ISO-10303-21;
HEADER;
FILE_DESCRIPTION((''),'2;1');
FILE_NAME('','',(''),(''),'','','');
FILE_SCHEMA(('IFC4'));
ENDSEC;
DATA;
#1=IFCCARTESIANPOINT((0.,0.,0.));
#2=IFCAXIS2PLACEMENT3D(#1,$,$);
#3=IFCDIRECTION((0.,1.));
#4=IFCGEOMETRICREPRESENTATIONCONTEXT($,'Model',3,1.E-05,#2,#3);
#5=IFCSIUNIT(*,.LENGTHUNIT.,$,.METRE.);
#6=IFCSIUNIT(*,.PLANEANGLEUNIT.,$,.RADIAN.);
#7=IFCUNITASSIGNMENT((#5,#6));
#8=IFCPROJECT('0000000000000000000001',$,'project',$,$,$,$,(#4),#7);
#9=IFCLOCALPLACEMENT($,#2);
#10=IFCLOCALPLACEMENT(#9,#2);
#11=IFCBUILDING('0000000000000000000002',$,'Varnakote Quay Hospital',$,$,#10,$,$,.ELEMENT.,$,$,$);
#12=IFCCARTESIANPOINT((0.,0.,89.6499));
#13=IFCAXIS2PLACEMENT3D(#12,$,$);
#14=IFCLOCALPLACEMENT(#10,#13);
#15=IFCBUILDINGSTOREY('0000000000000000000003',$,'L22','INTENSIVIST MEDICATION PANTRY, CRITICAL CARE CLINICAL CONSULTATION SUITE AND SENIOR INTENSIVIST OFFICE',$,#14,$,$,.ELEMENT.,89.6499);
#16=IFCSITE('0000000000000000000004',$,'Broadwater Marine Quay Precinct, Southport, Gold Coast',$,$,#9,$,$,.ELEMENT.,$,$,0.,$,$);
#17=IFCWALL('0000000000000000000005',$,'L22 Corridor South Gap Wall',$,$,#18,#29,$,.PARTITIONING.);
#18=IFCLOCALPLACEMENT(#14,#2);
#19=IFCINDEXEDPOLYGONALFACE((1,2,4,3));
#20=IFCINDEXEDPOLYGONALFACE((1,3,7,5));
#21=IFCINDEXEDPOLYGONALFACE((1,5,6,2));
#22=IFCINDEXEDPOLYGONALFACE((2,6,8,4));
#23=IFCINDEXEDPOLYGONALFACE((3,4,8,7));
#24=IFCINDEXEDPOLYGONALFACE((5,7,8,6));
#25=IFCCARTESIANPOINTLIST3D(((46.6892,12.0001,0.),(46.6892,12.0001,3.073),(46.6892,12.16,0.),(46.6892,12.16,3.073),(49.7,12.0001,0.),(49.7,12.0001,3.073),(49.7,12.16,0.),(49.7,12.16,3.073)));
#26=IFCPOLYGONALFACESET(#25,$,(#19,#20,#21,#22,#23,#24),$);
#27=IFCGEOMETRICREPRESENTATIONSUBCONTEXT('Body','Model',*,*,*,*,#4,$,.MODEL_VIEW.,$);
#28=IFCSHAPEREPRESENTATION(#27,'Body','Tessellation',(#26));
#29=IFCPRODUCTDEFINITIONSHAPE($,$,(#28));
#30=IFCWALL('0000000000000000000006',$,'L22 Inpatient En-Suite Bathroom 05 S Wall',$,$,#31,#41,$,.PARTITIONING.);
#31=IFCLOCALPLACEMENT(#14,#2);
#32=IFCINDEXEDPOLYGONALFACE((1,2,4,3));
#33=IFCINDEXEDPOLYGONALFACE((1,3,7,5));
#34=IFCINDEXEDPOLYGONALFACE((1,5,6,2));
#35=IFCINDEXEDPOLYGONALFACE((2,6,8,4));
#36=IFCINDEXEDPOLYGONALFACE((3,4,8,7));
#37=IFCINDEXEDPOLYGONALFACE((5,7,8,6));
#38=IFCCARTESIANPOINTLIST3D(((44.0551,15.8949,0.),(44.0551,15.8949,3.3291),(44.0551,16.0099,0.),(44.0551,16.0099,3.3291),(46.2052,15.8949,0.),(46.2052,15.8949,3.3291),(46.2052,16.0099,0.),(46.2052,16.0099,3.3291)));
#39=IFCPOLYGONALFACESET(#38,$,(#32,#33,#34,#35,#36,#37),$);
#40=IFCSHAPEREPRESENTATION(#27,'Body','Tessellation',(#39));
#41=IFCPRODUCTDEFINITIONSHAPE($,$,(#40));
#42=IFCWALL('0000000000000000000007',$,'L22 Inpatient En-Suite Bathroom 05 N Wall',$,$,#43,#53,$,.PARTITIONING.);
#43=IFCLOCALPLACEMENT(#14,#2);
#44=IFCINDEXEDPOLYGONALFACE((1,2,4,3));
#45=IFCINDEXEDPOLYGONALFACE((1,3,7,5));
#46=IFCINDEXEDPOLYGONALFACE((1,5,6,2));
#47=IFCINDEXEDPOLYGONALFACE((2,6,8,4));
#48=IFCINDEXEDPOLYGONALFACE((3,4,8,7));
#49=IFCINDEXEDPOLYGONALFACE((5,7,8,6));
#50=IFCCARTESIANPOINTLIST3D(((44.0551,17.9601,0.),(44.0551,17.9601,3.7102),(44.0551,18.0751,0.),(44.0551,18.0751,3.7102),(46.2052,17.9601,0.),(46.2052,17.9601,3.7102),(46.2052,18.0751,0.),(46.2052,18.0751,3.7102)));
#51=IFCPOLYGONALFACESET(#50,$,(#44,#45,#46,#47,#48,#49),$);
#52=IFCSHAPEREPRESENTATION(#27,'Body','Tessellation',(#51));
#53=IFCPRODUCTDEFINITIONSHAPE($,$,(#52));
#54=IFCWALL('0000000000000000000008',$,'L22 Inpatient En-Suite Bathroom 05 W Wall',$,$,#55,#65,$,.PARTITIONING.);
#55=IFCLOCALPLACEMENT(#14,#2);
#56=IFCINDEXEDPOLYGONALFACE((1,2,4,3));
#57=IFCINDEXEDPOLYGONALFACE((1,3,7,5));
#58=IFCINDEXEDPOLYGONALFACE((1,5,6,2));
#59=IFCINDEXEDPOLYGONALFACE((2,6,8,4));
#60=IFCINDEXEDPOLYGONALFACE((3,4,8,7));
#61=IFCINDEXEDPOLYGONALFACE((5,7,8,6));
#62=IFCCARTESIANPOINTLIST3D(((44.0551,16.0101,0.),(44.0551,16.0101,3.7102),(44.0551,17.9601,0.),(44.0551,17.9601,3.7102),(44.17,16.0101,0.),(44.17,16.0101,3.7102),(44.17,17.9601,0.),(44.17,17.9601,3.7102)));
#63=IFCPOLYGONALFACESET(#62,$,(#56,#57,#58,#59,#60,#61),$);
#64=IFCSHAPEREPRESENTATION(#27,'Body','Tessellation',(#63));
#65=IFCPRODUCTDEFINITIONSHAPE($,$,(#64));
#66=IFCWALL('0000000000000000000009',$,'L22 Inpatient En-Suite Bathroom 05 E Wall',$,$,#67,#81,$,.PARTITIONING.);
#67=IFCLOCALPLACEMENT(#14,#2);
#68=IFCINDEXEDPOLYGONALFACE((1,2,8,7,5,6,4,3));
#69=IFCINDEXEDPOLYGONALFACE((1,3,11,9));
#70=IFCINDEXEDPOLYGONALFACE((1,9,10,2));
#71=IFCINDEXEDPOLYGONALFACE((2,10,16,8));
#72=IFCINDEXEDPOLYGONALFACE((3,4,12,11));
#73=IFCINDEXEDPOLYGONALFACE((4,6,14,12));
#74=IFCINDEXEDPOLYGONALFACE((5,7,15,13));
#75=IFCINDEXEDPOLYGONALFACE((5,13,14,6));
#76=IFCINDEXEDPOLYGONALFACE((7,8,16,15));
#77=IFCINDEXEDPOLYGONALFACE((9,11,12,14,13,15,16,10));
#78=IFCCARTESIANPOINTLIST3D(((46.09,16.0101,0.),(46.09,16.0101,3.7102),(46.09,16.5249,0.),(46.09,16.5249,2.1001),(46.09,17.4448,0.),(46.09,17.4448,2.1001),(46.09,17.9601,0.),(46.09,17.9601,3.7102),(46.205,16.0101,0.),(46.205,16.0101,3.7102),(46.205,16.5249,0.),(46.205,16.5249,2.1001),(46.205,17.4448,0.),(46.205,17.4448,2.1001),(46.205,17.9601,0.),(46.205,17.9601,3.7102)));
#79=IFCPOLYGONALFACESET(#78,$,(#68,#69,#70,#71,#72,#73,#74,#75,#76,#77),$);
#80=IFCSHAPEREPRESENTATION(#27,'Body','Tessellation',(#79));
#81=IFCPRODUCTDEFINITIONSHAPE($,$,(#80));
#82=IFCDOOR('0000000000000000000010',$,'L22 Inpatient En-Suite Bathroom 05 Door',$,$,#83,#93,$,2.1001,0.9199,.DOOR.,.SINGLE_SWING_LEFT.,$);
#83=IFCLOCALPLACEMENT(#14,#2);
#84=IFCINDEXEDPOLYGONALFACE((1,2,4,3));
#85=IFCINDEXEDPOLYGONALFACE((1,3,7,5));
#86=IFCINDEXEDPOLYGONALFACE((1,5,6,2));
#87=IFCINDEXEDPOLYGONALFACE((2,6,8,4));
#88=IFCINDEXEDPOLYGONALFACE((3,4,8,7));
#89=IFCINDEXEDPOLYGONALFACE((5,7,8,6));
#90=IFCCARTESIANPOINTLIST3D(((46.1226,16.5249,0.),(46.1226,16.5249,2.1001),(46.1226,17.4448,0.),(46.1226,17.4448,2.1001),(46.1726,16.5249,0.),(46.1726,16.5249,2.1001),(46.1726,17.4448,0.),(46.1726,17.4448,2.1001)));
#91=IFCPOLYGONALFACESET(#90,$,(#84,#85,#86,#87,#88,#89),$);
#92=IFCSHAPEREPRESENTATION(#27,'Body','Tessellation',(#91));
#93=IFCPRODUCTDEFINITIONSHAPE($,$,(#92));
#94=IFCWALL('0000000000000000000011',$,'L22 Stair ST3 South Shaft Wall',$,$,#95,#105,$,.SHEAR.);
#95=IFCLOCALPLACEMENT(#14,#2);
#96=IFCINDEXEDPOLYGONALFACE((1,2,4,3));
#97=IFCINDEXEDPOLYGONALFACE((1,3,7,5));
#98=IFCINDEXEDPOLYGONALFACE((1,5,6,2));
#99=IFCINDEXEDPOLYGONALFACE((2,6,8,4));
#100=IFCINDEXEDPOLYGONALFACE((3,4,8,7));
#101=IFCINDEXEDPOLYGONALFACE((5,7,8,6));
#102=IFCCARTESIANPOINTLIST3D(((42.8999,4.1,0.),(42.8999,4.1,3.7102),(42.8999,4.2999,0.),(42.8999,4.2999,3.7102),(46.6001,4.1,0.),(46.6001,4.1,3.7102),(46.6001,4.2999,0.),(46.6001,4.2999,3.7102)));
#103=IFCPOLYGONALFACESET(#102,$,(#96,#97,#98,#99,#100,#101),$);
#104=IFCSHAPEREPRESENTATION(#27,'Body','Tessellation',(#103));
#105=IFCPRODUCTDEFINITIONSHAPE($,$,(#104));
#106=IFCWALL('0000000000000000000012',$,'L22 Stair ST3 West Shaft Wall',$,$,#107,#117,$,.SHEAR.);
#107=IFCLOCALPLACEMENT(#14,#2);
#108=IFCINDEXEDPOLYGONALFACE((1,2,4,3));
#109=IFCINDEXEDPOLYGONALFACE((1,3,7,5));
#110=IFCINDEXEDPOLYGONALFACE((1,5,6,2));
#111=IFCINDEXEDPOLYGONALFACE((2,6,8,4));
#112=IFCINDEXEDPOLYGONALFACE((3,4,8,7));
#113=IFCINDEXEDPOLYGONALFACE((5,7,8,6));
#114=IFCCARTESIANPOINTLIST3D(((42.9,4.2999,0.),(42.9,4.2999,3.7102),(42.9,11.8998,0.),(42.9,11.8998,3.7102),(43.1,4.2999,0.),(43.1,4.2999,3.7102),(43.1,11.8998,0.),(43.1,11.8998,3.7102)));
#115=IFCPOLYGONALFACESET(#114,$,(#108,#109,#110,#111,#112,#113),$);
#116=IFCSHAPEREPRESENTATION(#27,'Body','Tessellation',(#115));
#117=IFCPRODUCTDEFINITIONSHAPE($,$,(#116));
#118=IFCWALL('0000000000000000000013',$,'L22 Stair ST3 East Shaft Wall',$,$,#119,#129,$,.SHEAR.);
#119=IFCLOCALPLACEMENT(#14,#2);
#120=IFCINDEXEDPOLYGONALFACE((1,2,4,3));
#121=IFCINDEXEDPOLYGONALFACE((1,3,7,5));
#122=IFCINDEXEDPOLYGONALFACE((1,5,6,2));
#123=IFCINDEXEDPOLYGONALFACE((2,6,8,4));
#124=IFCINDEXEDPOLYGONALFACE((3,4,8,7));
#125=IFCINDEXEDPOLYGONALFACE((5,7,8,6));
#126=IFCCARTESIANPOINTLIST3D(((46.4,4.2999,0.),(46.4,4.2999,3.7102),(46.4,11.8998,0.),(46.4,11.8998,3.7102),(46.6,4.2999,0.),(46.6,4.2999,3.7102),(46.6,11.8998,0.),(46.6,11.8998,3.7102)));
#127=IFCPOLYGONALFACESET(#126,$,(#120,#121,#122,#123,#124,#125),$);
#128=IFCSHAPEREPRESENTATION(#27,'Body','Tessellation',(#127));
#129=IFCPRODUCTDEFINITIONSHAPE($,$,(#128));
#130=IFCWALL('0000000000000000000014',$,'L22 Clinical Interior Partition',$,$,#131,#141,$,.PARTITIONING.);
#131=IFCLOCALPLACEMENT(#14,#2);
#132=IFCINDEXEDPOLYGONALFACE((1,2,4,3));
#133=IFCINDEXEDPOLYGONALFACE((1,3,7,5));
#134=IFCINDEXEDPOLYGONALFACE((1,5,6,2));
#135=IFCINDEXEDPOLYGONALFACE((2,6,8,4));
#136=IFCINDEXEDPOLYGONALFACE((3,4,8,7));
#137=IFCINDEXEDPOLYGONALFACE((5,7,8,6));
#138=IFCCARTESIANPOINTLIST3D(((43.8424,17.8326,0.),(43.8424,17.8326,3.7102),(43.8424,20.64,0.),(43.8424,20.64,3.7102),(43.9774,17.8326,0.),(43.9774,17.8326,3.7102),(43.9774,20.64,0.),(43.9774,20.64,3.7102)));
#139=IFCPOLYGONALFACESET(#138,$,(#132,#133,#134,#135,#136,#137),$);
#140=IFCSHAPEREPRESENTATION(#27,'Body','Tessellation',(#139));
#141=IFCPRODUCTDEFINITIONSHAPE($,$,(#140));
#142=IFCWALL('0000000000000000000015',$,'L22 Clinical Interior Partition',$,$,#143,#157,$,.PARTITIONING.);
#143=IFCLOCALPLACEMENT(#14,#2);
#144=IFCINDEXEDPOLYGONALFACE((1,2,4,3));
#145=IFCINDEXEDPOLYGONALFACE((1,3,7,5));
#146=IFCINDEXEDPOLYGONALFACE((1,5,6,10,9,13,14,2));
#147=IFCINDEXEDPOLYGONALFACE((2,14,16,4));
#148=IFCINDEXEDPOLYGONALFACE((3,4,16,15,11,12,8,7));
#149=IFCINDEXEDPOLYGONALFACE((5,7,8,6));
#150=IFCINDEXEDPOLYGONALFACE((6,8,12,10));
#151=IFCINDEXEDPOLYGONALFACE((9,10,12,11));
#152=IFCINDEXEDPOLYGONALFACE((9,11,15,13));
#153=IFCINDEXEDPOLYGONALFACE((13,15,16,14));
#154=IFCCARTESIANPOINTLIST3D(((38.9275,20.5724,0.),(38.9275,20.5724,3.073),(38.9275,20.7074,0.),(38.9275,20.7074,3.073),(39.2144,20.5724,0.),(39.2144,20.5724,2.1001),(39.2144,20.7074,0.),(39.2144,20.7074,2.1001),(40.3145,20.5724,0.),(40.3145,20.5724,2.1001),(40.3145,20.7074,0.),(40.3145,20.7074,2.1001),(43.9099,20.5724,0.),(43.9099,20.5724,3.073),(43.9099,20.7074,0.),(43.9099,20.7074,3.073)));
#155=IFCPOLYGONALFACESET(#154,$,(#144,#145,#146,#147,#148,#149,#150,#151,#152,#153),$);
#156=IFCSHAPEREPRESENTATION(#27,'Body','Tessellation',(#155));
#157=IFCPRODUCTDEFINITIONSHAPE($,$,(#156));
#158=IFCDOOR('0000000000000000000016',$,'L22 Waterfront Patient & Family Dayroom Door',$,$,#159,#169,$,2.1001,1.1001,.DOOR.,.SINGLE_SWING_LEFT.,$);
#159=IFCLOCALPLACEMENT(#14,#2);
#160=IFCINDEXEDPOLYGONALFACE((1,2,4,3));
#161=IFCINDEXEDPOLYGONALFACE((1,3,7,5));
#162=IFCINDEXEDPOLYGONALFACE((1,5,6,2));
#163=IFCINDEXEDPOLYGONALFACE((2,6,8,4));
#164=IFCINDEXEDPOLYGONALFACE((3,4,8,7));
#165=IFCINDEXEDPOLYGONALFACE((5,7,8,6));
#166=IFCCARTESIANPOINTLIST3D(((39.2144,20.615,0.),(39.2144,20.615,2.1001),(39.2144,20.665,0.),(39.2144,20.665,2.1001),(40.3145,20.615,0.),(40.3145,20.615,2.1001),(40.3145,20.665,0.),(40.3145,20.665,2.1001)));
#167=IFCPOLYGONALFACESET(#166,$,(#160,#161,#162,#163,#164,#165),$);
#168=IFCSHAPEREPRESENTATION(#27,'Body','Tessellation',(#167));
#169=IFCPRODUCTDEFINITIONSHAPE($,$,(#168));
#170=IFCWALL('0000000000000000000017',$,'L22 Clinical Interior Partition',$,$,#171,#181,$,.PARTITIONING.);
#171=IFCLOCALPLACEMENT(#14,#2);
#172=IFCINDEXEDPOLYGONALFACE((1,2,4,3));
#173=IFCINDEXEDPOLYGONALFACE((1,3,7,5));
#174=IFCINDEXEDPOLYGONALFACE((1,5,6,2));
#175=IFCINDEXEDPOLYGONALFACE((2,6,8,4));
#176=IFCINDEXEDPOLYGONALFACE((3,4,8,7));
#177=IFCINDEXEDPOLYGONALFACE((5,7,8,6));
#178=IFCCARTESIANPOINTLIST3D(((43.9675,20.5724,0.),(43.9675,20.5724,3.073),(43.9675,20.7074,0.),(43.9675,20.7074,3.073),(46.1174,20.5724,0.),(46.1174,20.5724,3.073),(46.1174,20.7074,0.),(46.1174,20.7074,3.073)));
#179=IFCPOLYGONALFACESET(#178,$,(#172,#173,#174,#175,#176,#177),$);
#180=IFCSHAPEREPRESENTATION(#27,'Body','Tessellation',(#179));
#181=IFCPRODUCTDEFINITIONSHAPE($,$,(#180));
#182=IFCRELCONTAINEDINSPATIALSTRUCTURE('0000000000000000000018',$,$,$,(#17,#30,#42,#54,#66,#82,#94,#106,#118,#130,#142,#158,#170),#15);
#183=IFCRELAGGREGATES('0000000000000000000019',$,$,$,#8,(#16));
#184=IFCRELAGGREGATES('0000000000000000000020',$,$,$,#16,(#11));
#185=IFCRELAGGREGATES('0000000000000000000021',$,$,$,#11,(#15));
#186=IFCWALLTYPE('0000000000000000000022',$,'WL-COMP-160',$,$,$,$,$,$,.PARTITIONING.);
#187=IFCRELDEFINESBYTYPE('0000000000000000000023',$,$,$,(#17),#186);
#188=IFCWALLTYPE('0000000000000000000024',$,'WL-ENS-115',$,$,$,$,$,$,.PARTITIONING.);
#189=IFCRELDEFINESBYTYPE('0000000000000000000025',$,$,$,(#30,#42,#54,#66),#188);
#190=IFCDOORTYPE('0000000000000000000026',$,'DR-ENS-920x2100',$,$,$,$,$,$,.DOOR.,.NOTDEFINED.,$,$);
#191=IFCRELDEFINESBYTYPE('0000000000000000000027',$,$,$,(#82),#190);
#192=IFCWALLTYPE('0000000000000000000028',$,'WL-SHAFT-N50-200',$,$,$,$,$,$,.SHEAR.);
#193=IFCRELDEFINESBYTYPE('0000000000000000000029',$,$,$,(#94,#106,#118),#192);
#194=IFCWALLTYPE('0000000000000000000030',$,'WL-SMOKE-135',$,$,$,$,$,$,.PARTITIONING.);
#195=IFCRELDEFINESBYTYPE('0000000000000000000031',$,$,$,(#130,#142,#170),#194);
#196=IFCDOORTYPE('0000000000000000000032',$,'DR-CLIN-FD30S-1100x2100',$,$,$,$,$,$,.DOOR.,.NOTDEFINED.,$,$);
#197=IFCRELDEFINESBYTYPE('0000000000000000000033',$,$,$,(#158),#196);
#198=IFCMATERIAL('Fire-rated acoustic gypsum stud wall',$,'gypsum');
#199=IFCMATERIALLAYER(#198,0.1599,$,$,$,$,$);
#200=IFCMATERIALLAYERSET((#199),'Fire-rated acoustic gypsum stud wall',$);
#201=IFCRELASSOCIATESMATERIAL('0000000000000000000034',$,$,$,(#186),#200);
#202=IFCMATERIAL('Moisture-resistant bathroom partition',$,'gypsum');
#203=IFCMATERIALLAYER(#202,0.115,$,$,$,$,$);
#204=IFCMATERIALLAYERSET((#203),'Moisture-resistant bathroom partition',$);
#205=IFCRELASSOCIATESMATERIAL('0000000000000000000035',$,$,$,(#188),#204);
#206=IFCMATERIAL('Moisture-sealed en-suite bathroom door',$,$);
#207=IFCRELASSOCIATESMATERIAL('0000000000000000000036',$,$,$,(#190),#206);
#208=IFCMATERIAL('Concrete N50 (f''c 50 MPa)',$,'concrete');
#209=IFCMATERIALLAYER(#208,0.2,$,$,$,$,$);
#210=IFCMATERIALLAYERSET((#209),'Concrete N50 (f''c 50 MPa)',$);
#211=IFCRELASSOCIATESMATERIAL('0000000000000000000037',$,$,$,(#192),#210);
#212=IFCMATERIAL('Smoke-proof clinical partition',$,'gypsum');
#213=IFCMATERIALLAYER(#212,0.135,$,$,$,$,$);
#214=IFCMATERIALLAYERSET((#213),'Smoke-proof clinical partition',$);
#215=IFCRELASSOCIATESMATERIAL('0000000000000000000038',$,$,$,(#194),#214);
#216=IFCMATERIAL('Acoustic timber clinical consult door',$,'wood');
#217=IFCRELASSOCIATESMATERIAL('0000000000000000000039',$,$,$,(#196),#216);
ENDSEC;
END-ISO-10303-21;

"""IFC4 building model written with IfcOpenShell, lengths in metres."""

from ifc_helpers import new_model, si_unit, direction, frame, frame_2d, origin, place, context, subcontext, project, spatial, rectangle, extrude, material, layer, layer_set, type_object, element, fill, save


model = new_model("IFC4")

# Units and contexts
model_context = context("Model", 3, precision=1e-05, world=origin(), true_north=direction((0.0, 1.0)))
body_context = subcontext(model_context, "Body", "Model", "MODEL_VIEW")
ifc_project = project(units=[si_unit("LENGTHUNIT", "METRE"), si_unit("PLANEANGLEUNIT", "RADIAN")], contexts=[model_context])

# Site, building, storey
site_placement = place(None, origin())
site = spatial("IfcSite", under=ifc_project, at=site_placement, Name="Broadwater Marine Quay Precinct, Southport, Gold Coast", CompositionType="ELEMENT", RefElevation=0.0)
building_placement = place(site_placement, origin())
building = spatial("IfcBuilding", under=site, at=building_placement, Name="Varnakote Quay Hospital", CompositionType="ELEMENT")
storey_placement = place(building_placement, frame((0.0, 0.0, 89.6499)))
storey = spatial("IfcBuildingStorey", under=building, at=storey_placement, Name="L22", Description="INTENSIVIST MEDICATION PANTRY, CRITICAL CARE CLINICAL CONSULTATION SUITE AND SENIOR INTENSIVIST OFFICE", CompositionType="ELEMENT", Elevation=89.6499)

# Walls
ifc_material_1 = material(Name="Fire-rated acoustic gypsum stud wall", Category="gypsum")
ifc_layer_1 = layer(ifc_material_1, 0.1599)
ifc_layer_set_1 = layer_set([ifc_layer_1], Name="Fire-rated acoustic gypsum stud wall")
wall_type_1 = type_object("IfcWallType", Name="WL-COMP-160", PredefinedType="PARTITIONING", material=ifc_layer_set_1)
wall_1_placement = place(storey_placement, frame((46.6892, 12.0801, 0.0), z_axis=(0.0, 0.0, 1.0), x_axis=(1.0, 0.0, 0.0)))
element("IfcWall", 1, at=wall_1_placement, inside=storey, type_object=wall_type_1, Name="L22 Corridor South Gap Wall", PredefinedType="PARTITIONING", context=body_context, shape_type="SweptSolid", body=[
    extrude(rectangle(XDim=3.0107, YDim=0.1599, at=frame_2d((1.5054, 0.0))), origin(), (0.0, 0.0, 1.0), 3.073),
])
ifc_material_2 = material(Name="Moisture-resistant bathroom partition", Category="gypsum")
ifc_layer_2 = layer(ifc_material_2, 0.115)
ifc_layer_set_2 = layer_set([ifc_layer_2], Name="Moisture-resistant bathroom partition")
wall_type_2 = type_object("IfcWallType", Name="WL-ENS-115", PredefinedType="PARTITIONING", material=ifc_layer_set_2)
wall_2_placement = place(storey_placement, frame((44.0549, 15.9524, 0.0), z_axis=(0.0, 0.0, 1.0), x_axis=(1.0, 0.0, 0.0)))
element("IfcWall", 2, at=wall_2_placement, inside=storey, type_object=wall_type_2, Name="L22 Inpatient En-Suite Bathroom 05 S Wall", PredefinedType="PARTITIONING", context=body_context, shape_type="SweptSolid", body=[
    extrude(rectangle(XDim=2.1501, YDim=0.115, at=frame_2d((1.0752, 0.0))), origin(), (0.0, 0.0, 1.0), 3.3291),
])
wall_3_placement = place(storey_placement, frame((44.0549, 18.0176, 0.0), z_axis=(0.0, 0.0, 1.0), x_axis=(1.0, 0.0, 0.0)))
element("IfcWall", 3, at=wall_3_placement, inside=storey, type_object=wall_type_2, Name="L22 Inpatient En-Suite Bathroom 05 N Wall", PredefinedType="PARTITIONING", context=body_context, shape_type="SweptSolid", body=[
    extrude(rectangle(XDim=2.1501, YDim=0.115, at=frame_2d((1.0752, 0.0))), origin(), (0.0, 0.0, 1.0), 3.7102),
])
wall_4_placement = place(storey_placement, frame((44.1125, 16.01, 0.0), z_axis=(0.0, 0.0, 1.0), x_axis=(0.0, 1.0, 0.0)))
element("IfcWall", 4, at=wall_4_placement, inside=storey, type_object=wall_type_2, Name="L22 Inpatient En-Suite Bathroom 05 W Wall", PredefinedType="PARTITIONING", context=body_context, shape_type="SweptSolid", body=[
    extrude(rectangle(XDim=1.95, YDim=0.115, at=frame_2d((0.9751, 0.0))), origin(), (0.0, 0.0, 1.0), 3.7102),
])

# Wall, opening, door
wall_5_placement = place(storey_placement, frame((46.1475, 16.01, 0.0), z_axis=(0.0, 0.0, 1.0), x_axis=(0.0, 1.0, 0.0)))
wall_5 = element("IfcWall", 5, at=wall_5_placement, inside=storey, type_object=wall_type_2, Name="L22 Inpatient En-Suite Bathroom 05 E Wall", PredefinedType="PARTITIONING", context=body_context, shape_type="SweptSolid", body=[
    extrude(rectangle(XDim=1.95, YDim=0.115, at=frame_2d((0.9751, 0.0))), origin(), (0.0, 0.0, 1.0), 3.7102),
])
opening_1_placement = place(wall_5_placement, frame((0.5149, 0.0, 0.0)))
opening_1 = element("IfcOpeningElement", 6, at=opening_1_placement, cuts=wall_5, PredefinedType="OPENING", context=body_context, shape_type="SweptSolid", body=[
    extrude(rectangle(XDim=0.9199, YDim=2.1001, at=frame_2d((0.46, 1.05))), frame((0.0, 0.0674, 0.0), z_axis=(0.0, -1.0, 0.0), x_axis=(1.0, 0.0, 0.0)), (0.0, 0.0, 1.0), 0.135),
])
ifc_material_3 = material(Name="Moisture-sealed en-suite bathroom door")
door_type_1 = type_object("IfcDoorType", Name="DR-ENS-920x2100", OperationType="NOTDEFINED", PredefinedType="DOOR", material=ifc_material_3)
door_1_placement = place(opening_1_placement, origin())
door_1 = element("IfcDoor", 7, at=door_1_placement, inside=storey, type_object=door_type_1, Name="L22 Inpatient En-Suite Bathroom 05 Door", OperationType="SINGLE_SWING_LEFT", OverallHeight=2.1001, OverallWidth=0.9199, PredefinedType="DOOR", context=body_context, shape_type="SweptSolid", body=[
    extrude(rectangle(XDim=0.9199, YDim=2.1001, at=frame_2d((0.46, 1.05))), frame((0.0, 0.0249, 0.0), z_axis=(0.0, -1.0, 0.0), x_axis=(1.0, 0.0, 0.0)), (0.0, 0.0, 1.0), 0.05),
])
fill(opening_1, door_1)

# Walls
ifc_material_4 = material(Name="Concrete N50 (f'c 50 MPa)", Category="concrete")
ifc_layer_3 = layer(ifc_material_4, 0.2)
ifc_layer_set_3 = layer_set([ifc_layer_3], Name="Concrete N50 (f'c 50 MPa)")
wall_type_3 = type_object("IfcWallType", Name="WL-SHAFT-N50-200", PredefinedType="SHEAR", material=ifc_layer_set_3)
wall_6_placement = place(storey_placement, frame((42.8999, 4.2, 0.0), z_axis=(0.0, 0.0, 1.0), x_axis=(1.0, 0.0, 0.0)))
element("IfcWall", 8, at=wall_6_placement, inside=storey, type_object=wall_type_3, Name="L22 Stair ST3 South Shaft Wall", PredefinedType="SHEAR", context=body_context, shape_type="SweptSolid", body=[
    extrude(rectangle(XDim=3.7002, YDim=0.2, at=frame_2d((1.8501, 0.0))), origin(), (0.0, 0.0, 1.0), 3.7102),
])
for number, where, z_axis, x_axis, name in (
    (9, (43.0, 4.3, 0.0), (0.0, 0.0, 1.0), (0.0, 1.0, 0.0), "L22 Stair ST3 West Shaft Wall"),
    (10, (46.5, 4.3, 0.0), (0.0, 0.0, 1.0), (0.0, 1.0, 0.0), "L22 Stair ST3 East Shaft Wall"),
):
    element("IfcWall", number, at=place(storey_placement, frame(where, z_axis=z_axis, x_axis=x_axis)), inside=storey, type_object=wall_type_3, Name=name, PredefinedType="SHEAR", context=body_context, shape_type="SweptSolid", body=[
        extrude(rectangle(XDim=7.5999, YDim=0.2, at=frame_2d((3.7998, 0.0))), origin(), (0.0, 0.0, 1.0), 3.7102),
    ])

# Wall
ifc_material_5 = material(Name="Smoke-proof clinical partition", Category="gypsum")
ifc_layer_4 = layer(ifc_material_5, 0.135)
ifc_layer_set_4 = layer_set([ifc_layer_4], Name="Smoke-proof clinical partition")
wall_type_4 = type_object("IfcWallType", Name="WL-SMOKE-135", PredefinedType="PARTITIONING", material=ifc_layer_set_4)
wall_7_placement = place(storey_placement, frame((43.9099, 17.8325, 0.0), z_axis=(0.0, 0.0, 1.0), x_axis=(0.0, 1.0, 0.0)))
element("IfcWall", 11, at=wall_7_placement, inside=storey, type_object=wall_type_4, Name="L22 Clinical Interior Partition", PredefinedType="PARTITIONING", context=body_context, shape_type="SweptSolid", body=[
    extrude(rectangle(XDim=2.8074, YDim=0.135, at=frame_2d((1.4038, 0.0))), origin(), (0.0, 0.0, 1.0), 3.7102),
])

# Wall, opening, door
wall_8_placement = place(storey_placement, frame((43.9099, 20.6399, 0.0), z_axis=(0.0, 0.0, 1.0), x_axis=(-1.0, 0.0, 0.0)))
wall_8 = element("IfcWall", 12, at=wall_8_placement, inside=storey, type_object=wall_type_4, Name="L22 Clinical Interior Partition", PredefinedType="PARTITIONING", context=body_context, shape_type="SweptSolid", body=[
    extrude(rectangle(XDim=4.9824, YDim=0.135, at=frame_2d((2.4912, 0.0))), origin(), (0.0, 0.0, 1.0), 3.073),
])
opening_2_placement = place(wall_8_placement, frame((3.5955, 0.0, 0.0)))
opening_2 = element("IfcOpeningElement", 13, at=opening_2_placement, cuts=wall_8, PredefinedType="OPENING", context=body_context, shape_type="SweptSolid", body=[
    extrude(rectangle(XDim=1.1001, YDim=2.1001, at=frame_2d((0.55, 1.05))), frame((0.0, 0.0774, 0.0), z_axis=(0.0, -1.0, 0.0), x_axis=(1.0, 0.0, 0.0)), (0.0, 0.0, 1.0), 0.155),
])
ifc_material_6 = material(Name="Acoustic timber clinical consult door", Category="wood")
door_type_2 = type_object("IfcDoorType", Name="DR-CLIN-FD30S-1100x2100", OperationType="NOTDEFINED", PredefinedType="DOOR", material=ifc_material_6)
door_2_placement = place(opening_2_placement, origin())
door_2 = element("IfcDoor", 14, at=door_2_placement, inside=storey, type_object=door_type_2, Name="L22 Waterfront Patient & Family Dayroom Door", OperationType="SINGLE_SWING_LEFT", OverallHeight=2.1001, OverallWidth=1.1001, PredefinedType="DOOR", context=body_context, shape_type="SweptSolid", body=[
    extrude(rectangle(XDim=1.1001, YDim=2.1001, at=frame_2d((0.55, 1.05))), frame((0.0, 0.0249, 0.0), z_axis=(0.0, -1.0, 0.0), x_axis=(1.0, 0.0, 0.0)), (0.0, 0.0, 1.0), 0.05),
])
fill(opening_2, door_2)

# Wall
wall_9_placement = place(storey_placement, frame((46.1174, 20.6399, 0.0), z_axis=(0.0, 0.0, 1.0), x_axis=(-1.0, 0.0, 0.0)))
element("IfcWall", 15, at=wall_9_placement, inside=storey, type_object=wall_type_4, Name="L22 Clinical Interior Partition", PredefinedType="PARTITIONING", context=body_context, shape_type="SweptSolid", body=[
    extrude(rectangle(XDim=2.1499, YDim=0.135, at=frame_2d((1.075, 0.0))), origin(), (0.0, 0.0, 1.0), 3.073),
])

save(model, "model.ifc")
